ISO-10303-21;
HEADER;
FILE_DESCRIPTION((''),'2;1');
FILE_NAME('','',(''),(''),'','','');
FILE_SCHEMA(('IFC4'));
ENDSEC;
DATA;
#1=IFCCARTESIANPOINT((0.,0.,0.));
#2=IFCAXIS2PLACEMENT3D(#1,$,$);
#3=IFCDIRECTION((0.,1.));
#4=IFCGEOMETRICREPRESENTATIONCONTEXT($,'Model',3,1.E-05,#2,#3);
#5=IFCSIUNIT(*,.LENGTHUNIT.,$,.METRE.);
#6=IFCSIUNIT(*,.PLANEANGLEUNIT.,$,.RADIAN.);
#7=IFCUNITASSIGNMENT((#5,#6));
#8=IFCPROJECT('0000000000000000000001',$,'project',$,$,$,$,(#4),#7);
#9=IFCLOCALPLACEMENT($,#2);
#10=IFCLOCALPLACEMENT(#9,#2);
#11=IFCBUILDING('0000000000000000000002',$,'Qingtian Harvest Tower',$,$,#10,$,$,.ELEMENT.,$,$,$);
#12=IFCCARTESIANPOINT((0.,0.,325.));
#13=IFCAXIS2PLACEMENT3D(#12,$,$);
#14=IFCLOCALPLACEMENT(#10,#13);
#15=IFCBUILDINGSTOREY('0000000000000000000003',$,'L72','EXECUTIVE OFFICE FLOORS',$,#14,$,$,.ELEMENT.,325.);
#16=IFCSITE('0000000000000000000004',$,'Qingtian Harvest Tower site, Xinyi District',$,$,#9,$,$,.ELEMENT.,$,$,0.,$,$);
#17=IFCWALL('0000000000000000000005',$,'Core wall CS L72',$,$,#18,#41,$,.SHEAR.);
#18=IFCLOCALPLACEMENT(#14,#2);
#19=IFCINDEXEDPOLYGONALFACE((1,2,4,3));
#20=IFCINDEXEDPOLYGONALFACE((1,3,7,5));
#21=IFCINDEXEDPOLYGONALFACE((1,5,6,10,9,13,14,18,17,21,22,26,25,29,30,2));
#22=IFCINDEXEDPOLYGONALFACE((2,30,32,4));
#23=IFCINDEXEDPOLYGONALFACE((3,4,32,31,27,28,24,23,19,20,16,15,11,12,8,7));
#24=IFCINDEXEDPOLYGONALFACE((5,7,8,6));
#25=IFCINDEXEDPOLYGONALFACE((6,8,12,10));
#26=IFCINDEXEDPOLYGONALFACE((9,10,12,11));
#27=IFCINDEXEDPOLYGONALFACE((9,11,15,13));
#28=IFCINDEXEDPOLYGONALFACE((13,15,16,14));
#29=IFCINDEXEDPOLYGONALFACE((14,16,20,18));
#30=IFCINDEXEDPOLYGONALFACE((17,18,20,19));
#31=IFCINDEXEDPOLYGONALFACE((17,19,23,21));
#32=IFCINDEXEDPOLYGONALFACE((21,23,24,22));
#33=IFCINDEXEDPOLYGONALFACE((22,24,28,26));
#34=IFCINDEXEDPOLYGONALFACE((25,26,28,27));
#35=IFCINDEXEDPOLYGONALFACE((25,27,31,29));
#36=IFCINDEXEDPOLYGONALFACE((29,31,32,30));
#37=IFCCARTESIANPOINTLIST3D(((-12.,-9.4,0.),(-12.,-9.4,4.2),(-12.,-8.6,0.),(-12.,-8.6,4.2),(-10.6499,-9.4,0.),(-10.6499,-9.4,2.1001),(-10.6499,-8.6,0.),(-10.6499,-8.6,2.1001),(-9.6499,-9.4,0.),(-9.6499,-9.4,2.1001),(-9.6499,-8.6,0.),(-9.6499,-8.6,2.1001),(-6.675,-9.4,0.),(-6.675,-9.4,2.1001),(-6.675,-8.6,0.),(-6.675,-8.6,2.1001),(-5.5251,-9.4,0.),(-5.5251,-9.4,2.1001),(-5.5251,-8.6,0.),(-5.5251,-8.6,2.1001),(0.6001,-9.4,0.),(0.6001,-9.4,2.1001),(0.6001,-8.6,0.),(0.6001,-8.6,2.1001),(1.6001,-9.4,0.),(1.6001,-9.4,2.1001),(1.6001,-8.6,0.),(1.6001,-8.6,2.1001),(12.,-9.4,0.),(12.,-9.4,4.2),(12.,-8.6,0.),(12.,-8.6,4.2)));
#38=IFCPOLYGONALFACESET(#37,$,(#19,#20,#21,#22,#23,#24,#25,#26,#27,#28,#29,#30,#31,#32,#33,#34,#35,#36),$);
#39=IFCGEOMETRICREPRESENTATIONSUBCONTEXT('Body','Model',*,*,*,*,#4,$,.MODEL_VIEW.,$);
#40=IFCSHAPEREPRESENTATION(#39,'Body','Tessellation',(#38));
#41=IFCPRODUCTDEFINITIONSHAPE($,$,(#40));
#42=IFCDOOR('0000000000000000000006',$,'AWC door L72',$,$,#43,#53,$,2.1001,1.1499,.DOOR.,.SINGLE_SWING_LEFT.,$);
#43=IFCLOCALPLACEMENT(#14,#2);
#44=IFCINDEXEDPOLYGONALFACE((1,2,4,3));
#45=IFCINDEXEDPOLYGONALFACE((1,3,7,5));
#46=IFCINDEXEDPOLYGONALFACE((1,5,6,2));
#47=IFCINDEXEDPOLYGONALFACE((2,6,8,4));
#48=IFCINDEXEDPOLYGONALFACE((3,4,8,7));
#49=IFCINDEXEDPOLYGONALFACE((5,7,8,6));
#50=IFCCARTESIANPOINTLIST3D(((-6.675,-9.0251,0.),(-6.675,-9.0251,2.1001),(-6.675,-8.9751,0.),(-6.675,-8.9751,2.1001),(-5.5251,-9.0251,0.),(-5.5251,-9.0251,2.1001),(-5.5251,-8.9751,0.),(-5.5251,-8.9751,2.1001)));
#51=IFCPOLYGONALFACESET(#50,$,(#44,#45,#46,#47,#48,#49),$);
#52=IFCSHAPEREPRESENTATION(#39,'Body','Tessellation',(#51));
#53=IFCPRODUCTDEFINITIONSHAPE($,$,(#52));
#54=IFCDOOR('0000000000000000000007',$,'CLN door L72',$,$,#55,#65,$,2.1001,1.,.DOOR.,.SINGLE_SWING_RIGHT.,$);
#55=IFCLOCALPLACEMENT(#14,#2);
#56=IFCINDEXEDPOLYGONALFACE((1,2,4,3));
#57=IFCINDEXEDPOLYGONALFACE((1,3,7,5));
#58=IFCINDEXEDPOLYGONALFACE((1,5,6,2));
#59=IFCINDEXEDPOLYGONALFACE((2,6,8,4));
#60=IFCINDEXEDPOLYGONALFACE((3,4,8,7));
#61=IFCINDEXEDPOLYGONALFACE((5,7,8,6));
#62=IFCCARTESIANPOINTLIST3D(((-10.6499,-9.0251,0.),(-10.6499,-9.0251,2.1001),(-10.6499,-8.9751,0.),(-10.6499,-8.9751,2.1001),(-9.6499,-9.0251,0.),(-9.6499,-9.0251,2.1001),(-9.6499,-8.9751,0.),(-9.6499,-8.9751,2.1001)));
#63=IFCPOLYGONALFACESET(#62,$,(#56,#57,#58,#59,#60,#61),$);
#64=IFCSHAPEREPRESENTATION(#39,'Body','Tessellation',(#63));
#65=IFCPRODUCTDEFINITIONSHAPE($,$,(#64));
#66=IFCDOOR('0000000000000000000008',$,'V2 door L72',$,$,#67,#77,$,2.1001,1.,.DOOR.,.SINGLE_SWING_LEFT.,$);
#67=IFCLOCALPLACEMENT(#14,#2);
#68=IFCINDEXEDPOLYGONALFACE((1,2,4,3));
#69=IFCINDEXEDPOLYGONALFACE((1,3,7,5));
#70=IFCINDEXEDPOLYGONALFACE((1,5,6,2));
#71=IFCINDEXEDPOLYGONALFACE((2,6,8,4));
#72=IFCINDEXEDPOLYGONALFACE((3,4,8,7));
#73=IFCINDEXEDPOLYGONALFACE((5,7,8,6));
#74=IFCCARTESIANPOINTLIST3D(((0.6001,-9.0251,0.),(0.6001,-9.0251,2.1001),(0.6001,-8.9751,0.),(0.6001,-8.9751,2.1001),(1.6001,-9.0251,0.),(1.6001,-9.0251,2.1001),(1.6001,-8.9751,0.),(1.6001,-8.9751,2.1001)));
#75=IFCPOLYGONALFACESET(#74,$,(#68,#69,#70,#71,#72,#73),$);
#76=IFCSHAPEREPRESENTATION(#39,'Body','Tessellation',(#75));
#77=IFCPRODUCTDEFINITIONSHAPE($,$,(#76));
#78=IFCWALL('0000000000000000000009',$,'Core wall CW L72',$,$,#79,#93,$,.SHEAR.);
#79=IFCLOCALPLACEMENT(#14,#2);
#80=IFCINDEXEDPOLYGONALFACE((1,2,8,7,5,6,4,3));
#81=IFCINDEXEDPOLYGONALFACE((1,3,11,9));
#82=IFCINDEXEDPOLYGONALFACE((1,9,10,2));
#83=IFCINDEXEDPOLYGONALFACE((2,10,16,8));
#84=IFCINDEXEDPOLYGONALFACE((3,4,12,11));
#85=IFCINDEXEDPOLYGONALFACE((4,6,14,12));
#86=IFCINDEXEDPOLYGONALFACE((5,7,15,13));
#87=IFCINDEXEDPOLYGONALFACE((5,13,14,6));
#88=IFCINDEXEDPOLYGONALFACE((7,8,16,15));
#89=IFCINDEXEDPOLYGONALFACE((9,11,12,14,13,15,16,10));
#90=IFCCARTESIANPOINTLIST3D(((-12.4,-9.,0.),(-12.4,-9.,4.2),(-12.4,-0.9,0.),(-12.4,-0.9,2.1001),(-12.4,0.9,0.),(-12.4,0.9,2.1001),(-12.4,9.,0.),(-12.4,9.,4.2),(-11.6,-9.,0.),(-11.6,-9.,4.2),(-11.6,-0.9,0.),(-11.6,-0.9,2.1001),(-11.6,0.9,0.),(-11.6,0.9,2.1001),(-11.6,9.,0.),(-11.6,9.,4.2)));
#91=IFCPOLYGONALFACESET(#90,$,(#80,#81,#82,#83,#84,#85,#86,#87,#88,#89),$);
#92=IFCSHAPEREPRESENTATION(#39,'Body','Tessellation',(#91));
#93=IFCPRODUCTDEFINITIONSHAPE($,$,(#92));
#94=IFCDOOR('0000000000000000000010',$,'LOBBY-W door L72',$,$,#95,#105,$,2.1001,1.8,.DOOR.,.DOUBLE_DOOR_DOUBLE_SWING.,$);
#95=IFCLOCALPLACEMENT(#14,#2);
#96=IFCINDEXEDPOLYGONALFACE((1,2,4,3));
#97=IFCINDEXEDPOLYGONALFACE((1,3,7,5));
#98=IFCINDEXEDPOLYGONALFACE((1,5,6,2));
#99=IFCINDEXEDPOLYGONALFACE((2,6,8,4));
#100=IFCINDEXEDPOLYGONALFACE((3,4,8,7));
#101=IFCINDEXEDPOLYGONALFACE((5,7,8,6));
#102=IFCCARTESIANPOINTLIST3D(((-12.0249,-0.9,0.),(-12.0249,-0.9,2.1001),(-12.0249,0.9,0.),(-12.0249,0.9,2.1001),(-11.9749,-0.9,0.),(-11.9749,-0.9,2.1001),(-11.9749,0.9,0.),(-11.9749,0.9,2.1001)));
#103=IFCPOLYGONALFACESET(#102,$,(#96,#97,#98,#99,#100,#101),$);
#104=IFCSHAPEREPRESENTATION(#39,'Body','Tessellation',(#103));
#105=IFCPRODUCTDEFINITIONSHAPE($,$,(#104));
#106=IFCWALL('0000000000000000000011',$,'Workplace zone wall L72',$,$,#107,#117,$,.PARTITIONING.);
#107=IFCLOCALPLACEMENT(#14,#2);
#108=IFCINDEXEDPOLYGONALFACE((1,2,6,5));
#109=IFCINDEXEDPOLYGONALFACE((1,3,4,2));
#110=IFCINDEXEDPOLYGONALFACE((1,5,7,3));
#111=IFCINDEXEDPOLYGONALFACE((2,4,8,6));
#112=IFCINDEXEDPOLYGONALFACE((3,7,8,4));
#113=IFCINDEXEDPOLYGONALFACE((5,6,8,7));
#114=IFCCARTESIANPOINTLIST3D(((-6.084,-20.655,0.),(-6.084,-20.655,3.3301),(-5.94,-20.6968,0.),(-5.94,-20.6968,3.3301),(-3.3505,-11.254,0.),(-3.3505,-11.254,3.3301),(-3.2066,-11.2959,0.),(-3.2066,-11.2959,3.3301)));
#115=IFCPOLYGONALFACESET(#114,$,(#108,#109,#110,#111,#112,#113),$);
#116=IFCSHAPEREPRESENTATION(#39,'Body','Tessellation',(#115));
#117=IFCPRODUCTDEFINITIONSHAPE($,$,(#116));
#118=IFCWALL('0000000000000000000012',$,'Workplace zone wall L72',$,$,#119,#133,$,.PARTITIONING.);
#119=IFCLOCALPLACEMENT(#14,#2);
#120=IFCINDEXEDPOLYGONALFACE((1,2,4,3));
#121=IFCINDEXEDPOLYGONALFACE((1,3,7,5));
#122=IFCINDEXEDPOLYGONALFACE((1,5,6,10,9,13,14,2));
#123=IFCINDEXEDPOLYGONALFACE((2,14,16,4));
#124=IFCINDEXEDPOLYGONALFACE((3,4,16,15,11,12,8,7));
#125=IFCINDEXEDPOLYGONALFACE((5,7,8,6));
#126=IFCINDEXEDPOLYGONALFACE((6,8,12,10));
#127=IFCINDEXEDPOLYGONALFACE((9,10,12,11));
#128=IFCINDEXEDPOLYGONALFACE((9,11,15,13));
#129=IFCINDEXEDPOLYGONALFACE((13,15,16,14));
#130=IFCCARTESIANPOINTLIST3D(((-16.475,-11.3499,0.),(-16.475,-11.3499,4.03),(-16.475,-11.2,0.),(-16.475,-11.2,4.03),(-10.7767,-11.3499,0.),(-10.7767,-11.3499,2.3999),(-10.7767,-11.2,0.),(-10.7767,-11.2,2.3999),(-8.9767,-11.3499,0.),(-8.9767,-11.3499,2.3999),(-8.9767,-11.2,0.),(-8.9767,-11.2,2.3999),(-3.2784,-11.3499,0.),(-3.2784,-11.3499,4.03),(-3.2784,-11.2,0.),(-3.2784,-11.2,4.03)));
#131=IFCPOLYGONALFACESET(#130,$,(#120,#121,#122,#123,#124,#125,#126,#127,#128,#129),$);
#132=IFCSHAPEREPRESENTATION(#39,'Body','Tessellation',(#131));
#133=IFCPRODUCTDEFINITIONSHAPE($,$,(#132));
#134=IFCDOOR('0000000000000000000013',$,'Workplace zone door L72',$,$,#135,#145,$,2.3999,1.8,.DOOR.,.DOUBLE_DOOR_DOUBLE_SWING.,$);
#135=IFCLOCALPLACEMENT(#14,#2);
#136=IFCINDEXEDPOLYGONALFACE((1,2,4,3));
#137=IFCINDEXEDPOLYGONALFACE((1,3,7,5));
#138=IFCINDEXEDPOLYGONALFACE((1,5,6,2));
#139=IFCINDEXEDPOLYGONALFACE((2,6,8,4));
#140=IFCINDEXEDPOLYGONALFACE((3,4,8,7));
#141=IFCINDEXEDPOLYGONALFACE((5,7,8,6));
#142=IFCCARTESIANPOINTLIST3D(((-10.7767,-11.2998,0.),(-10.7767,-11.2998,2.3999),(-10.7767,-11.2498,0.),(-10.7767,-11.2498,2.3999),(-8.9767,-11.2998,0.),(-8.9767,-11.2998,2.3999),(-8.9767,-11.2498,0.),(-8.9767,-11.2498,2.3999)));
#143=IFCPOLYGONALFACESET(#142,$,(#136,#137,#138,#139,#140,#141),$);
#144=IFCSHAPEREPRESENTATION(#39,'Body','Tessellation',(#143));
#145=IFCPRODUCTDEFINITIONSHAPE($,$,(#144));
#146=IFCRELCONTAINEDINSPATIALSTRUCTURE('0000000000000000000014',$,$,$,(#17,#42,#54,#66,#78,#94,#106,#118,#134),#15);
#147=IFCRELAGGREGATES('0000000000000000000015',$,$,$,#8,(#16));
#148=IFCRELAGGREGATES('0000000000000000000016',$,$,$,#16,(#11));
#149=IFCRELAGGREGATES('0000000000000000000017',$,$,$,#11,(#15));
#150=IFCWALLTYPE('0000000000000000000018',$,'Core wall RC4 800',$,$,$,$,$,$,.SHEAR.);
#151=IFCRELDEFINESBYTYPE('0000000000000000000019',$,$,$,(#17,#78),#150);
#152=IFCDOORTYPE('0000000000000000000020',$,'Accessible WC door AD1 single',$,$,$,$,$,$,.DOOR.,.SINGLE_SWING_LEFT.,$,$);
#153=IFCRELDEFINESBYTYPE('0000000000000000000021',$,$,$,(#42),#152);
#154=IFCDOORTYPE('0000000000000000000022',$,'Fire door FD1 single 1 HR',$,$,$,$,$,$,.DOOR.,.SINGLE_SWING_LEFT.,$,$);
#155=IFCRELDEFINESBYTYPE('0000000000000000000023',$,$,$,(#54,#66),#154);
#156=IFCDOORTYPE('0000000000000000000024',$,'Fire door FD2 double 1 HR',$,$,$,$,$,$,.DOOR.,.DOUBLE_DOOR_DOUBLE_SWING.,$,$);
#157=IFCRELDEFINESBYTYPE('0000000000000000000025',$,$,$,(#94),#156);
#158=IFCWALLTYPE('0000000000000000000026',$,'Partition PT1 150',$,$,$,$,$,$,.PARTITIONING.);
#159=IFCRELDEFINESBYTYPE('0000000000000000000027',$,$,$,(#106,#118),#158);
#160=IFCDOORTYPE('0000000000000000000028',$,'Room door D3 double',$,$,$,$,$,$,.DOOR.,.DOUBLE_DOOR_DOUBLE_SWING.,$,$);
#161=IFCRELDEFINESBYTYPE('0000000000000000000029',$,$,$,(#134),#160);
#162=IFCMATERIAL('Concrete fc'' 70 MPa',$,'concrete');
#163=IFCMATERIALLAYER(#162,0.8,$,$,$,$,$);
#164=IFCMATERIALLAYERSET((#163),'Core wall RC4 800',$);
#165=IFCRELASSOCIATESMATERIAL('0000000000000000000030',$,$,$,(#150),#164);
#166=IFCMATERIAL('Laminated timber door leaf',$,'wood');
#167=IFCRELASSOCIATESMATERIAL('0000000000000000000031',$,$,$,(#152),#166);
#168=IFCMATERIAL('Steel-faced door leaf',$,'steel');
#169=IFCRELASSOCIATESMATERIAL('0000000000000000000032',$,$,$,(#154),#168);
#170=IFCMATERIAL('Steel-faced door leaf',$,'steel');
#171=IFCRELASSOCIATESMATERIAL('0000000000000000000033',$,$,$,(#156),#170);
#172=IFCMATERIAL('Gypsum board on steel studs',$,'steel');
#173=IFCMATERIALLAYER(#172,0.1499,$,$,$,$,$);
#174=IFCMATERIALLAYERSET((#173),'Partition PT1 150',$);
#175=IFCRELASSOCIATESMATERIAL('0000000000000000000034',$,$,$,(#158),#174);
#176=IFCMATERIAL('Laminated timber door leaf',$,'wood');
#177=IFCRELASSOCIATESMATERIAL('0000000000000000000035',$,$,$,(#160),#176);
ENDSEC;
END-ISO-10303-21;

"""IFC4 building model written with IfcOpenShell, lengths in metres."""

from ifc_helpers import new_model, si_unit, direction, frame, frame_2d, origin, place, context, subcontext, project, spatial, rectangle, extrude, material, layer, layer_set, type_object, element, fill, save


model = new_model("IFC4")

# Units and contexts
model_context = context("Model", 3, precision=1e-05, world=origin(), true_north=direction((0.0, 1.0)))
body_context = subcontext(model_context, "Body", "Model", "MODEL_VIEW")
ifc_project = project(units=[si_unit("LENGTHUNIT", "METRE"), si_unit("PLANEANGLEUNIT", "RADIAN")], contexts=[model_context])

# Site, building, storey
site_placement = place(None, origin())
site = spatial("IfcSite", under=ifc_project, at=site_placement, Name="Qingtian Harvest Tower site, Xinyi District", CompositionType="ELEMENT", RefElevation=0.0)
building_placement = place(site_placement, origin())
building = spatial("IfcBuilding", under=site, at=building_placement, Name="Qingtian Harvest Tower", CompositionType="ELEMENT")
storey_placement = place(building_placement, frame((0.0, 0.0, 325.0)))
storey = spatial("IfcBuildingStorey", under=building, at=storey_placement, Name="L72", Description="EXECUTIVE OFFICE FLOORS", CompositionType="ELEMENT", Elevation=325.0)

# Wall, openings, doors
ifc_material_1 = material(Name="Concrete fc' 70 MPa", Category="concrete")
ifc_layer_1 = layer(ifc_material_1, 0.8)
ifc_layer_set_1 = layer_set([ifc_layer_1], Name="Core wall RC4 800")
wall_type_1 = type_object("IfcWallType", Name="Core wall RC4 800", PredefinedType="SHEAR", material=ifc_layer_set_1)
wall_1_placement = place(storey_placement, frame((-12.0, -9.0, 0.0), z_axis=(0.0, 0.0, 1.0), x_axis=(1.0, 0.0, 0.0)))
wall_1 = element("IfcWall", 1, at=wall_1_placement, inside=storey, type_object=wall_type_1, Name="Core wall CS L72", PredefinedType="SHEAR", context=body_context, shape_type="SweptSolid", body=[
    extrude(rectangle(XDim=24.0, YDim=0.8, at=frame_2d((12.0, 0.0))), origin(), (0.0, 0.0, 1.0), 4.2),
])
opening_1_placement = place(wall_1_placement, frame((1.3501, 0.0, 0.0)))
opening_1 = element("IfcOpeningElement", 2, at=opening_1_placement, cuts=wall_1, PredefinedType="OPENING", context=body_context, shape_type="SweptSolid", body=[
    extrude(rectangle(XDim=1.0, YDim=2.1001, at=frame_2d((0.5, 1.05))), frame((0.0, 0.4099, 0.0), z_axis=(0.0, -1.0, 0.0), x_axis=(1.0, 0.0, 0.0)), (0.0, 0.0, 1.0), 0.8201),
])
opening_2_placement = place(wall_1_placement, frame((5.325, 0.0, 0.0)))
opening_2 = element("IfcOpeningElement", 3, at=opening_2_placement, cuts=wall_1, PredefinedType="OPENING", context=body_context, shape_type="SweptSolid", body=[
    extrude(rectangle(XDim=1.1499, YDim=2.1001, at=frame_2d((0.575, 1.05))), frame((0.0, 0.4099, 0.0), z_axis=(0.0, -1.0, 0.0), x_axis=(1.0, 0.0, 0.0)), (0.0, 0.0, 1.0), 0.8201),
])
opening_3_placement = place(wall_1_placement, frame((12.6001, 0.0, 0.0)))
opening_3 = element("IfcOpeningElement", 4, at=opening_3_placement, cuts=wall_1, PredefinedType="OPENING", context=body_context, shape_type="SweptSolid", body=[
    extrude(rectangle(XDim=1.0, YDim=2.1001, at=frame_2d((0.5, 1.05))), frame((0.0, 0.4099, 0.0), z_axis=(0.0, -1.0, 0.0), x_axis=(1.0, 0.0, 0.0)), (0.0, 0.0, 1.0), 0.8201),
])
ifc_material_2 = material(Name="Laminated timber door leaf", Category="wood")
door_type_1 = type_object("IfcDoorType", Name="Accessible WC door AD1 single", OperationType="SINGLE_SWING_LEFT", PredefinedType="DOOR", material=ifc_material_2)
door_1_placement = place(opening_2_placement, origin())
door_1 = element("IfcDoor", 5, at=door_1_placement, inside=storey, type_object=door_type_1, Name="AWC door L72", OperationType="SINGLE_SWING_LEFT", OverallHeight=2.1001, OverallWidth=1.1499, PredefinedType="DOOR", context=body_context, shape_type="SweptSolid", body=[
    extrude(rectangle(XDim=1.1499, YDim=2.1001, at=frame_2d((0.575, 1.05))), frame((0.0, 0.0249, 0.0), z_axis=(0.0, -1.0, 0.0), x_axis=(1.0, 0.0, 0.0)), (0.0, 0.0, 1.0), 0.05),
])
fill(opening_2, door_1)
ifc_material_3 = material(Name="Steel-faced door leaf", Category="steel")
door_type_2 = type_object("IfcDoorType", Name="Fire door FD1 single 1 HR", OperationType="SINGLE_SWING_LEFT", PredefinedType="DOOR", material=ifc_material_3)
door_2_placement = place(opening_1_placement, origin())
door_2 = element("IfcDoor", 6, at=door_2_placement, inside=storey, type_object=door_type_2, Name="CLN door L72", OperationType="SINGLE_SWING_RIGHT", OverallHeight=2.1001, OverallWidth=1.0, PredefinedType="DOOR", context=body_context, shape_type="SweptSolid", body=[
    extrude(rectangle(XDim=1.0, YDim=2.1001, at=frame_2d((0.5, 1.05))), frame((0.0, 0.0249, 0.0), z_axis=(0.0, -1.0, 0.0), x_axis=(1.0, 0.0, 0.0)), (0.0, 0.0, 1.0), 0.05),
])
fill(opening_1, door_2)
door_3_placement = place(opening_3_placement, origin())
door_3 = element("IfcDoor", 7, at=door_3_placement, inside=storey, type_object=door_type_2, Name="V2 door L72", OperationType="SINGLE_SWING_LEFT", OverallHeight=2.1001, OverallWidth=1.0, PredefinedType="DOOR", context=body_context, shape_type="SweptSolid", body=[
    extrude(rectangle(XDim=1.0, YDim=2.1001, at=frame_2d((0.5, 1.05))), frame((0.0, 0.0249, 0.0), z_axis=(0.0, -1.0, 0.0), x_axis=(1.0, 0.0, 0.0)), (0.0, 0.0, 1.0), 0.05),
])
fill(opening_3, door_3)

# Wall, opening, door
wall_2_placement = place(storey_placement, frame((-12.0, -9.0, 0.0), z_axis=(0.0, 0.0, 1.0), x_axis=(0.0, 1.0, 0.0)))
wall_2 = element("IfcWall", 8, at=wall_2_placement, inside=storey, type_object=wall_type_1, Name="Core wall CW L72", PredefinedType="SHEAR", context=body_context, shape_type="SweptSolid", body=[
    extrude(rectangle(XDim=18.0, YDim=0.8, at=frame_2d((9.0, 0.0))), origin(), (0.0, 0.0, 1.0), 4.2),
])
opening_4_placement = place(wall_2_placement, frame((8.1001, 0.0, 0.0)))
opening_4 = element("IfcOpeningElement", 9, at=opening_4_placement, cuts=wall_2, PredefinedType="OPENING", context=body_context, shape_type="SweptSolid", body=[
    extrude(rectangle(XDim=1.8, YDim=2.1001, at=frame_2d((0.8999, 1.05))), frame((0.0, 0.4099, 0.0), z_axis=(0.0, -1.0, 0.0), x_axis=(1.0, 0.0, 0.0)), (0.0, 0.0, 1.0), 0.8201),
])
ifc_material_4 = material(Name="Steel-faced door leaf", Category="steel")
door_type_3 = type_object("IfcDoorType", Name="Fire door FD2 double 1 HR", OperationType="DOUBLE_DOOR_DOUBLE_SWING", PredefinedType="DOOR", material=ifc_material_4)
door_4_placement = place(opening_4_placement, origin())
door_4 = element("IfcDoor", 10, at=door_4_placement, inside=storey, type_object=door_type_3, Name="LOBBY-W door L72", OperationType="DOUBLE_DOOR_DOUBLE_SWING", OverallHeight=2.1001, OverallWidth=1.8, PredefinedType="DOOR", context=body_context, shape_type="SweptSolid", body=[
    extrude(rectangle(XDim=1.8, YDim=2.1001, at=frame_2d((0.8999, 1.05))), frame((0.0, 0.0249, 0.0), z_axis=(0.0, -1.0, 0.0), x_axis=(1.0, 0.0, 0.0)), (0.0, 0.0, 1.0), 0.05),
])
fill(opening_4, door_4)

# Wall
ifc_material_5 = material(Name="Gypsum board on steel studs", Category="steel")
ifc_layer_2 = layer(ifc_material_5, 0.1499)
ifc_layer_set_2 = layer_set([ifc_layer_2], Name="Partition PT1 150")
wall_type_2 = type_object("IfcWallType", Name="Partition PT1 150", PredefinedType="PARTITIONING", material=ifc_layer_set_2)
wall_3_placement = place(storey_placement, frame((-6.012, -20.6758, 0.0), z_axis=(0.0, 0.0, 1.0), x_axis=(0.279197, 0.960234, 0.0)))
element("IfcWall", 11, at=wall_3_placement, inside=storey, type_object=wall_type_2, Name="Workplace zone wall L72", PredefinedType="PARTITIONING", context=body_context, shape_type="SweptSolid", body=[
    extrude(rectangle(XDim=9.7903, YDim=0.1499, at=frame_2d((4.895, 0.0))), origin(), (0.0, 0.0, 1.0), 3.3301),
])

# Wall, opening, door
wall_4_placement = place(storey_placement, frame((-3.2786, -11.2749, 0.0), z_axis=(0.0, 0.0, 1.0), x_axis=(-1.0, 0.0, 0.0)))
wall_4 = element("IfcWall", 12, at=wall_4_placement, inside=storey, type_object=wall_type_2, Name="Workplace zone wall L72", PredefinedType="PARTITIONING", context=body_context, shape_type="SweptSolid", body=[
    extrude(rectangle(XDim=13.1965, YDim=0.1499, at=frame_2d((6.5981, 0.0))), origin(), (0.0, 0.0, 1.0), 4.03),
])
opening_5_placement = place(wall_4_placement, frame((5.6982, 0.0, 0.0)))
opening_5 = element("IfcOpeningElement", 13, at=opening_5_placement, cuts=wall_4, PredefinedType="OPENING", context=body_context, shape_type="SweptSolid", body=[
    extrude(rectangle(XDim=1.8, YDim=2.3999, at=frame_2d((0.8999, 1.2))), frame((0.0, 0.085, 0.0), z_axis=(0.0, -1.0, 0.0), x_axis=(1.0, 0.0, 0.0)), (0.0, 0.0, 1.0), 0.1699),
])
ifc_material_6 = material(Name="Laminated timber door leaf", Category="wood")
door_type_4 = type_object("IfcDoorType", Name="Room door D3 double", OperationType="DOUBLE_DOOR_DOUBLE_SWING", PredefinedType="DOOR", material=ifc_material_6)
door_5_placement = place(opening_5_placement, origin())
door_5 = element("IfcDoor", 14, at=door_5_placement, inside=storey, type_object=door_type_4, Name="Workplace zone door L72", OperationType="DOUBLE_DOOR_DOUBLE_SWING", OverallHeight=2.3999, OverallWidth=1.8, PredefinedType="DOOR", context=body_context, shape_type="SweptSolid", body=[
    extrude(rectangle(XDim=1.8, YDim=2.3999, at=frame_2d((0.8999, 1.2))), frame((0.0, 0.0249, 0.0), z_axis=(0.0, -1.0, 0.0), x_axis=(1.0, 0.0, 0.0)), (0.0, 0.0, 1.0), 0.05),
])
fill(opening_5, door_5)

save(model, "model.ifc")
